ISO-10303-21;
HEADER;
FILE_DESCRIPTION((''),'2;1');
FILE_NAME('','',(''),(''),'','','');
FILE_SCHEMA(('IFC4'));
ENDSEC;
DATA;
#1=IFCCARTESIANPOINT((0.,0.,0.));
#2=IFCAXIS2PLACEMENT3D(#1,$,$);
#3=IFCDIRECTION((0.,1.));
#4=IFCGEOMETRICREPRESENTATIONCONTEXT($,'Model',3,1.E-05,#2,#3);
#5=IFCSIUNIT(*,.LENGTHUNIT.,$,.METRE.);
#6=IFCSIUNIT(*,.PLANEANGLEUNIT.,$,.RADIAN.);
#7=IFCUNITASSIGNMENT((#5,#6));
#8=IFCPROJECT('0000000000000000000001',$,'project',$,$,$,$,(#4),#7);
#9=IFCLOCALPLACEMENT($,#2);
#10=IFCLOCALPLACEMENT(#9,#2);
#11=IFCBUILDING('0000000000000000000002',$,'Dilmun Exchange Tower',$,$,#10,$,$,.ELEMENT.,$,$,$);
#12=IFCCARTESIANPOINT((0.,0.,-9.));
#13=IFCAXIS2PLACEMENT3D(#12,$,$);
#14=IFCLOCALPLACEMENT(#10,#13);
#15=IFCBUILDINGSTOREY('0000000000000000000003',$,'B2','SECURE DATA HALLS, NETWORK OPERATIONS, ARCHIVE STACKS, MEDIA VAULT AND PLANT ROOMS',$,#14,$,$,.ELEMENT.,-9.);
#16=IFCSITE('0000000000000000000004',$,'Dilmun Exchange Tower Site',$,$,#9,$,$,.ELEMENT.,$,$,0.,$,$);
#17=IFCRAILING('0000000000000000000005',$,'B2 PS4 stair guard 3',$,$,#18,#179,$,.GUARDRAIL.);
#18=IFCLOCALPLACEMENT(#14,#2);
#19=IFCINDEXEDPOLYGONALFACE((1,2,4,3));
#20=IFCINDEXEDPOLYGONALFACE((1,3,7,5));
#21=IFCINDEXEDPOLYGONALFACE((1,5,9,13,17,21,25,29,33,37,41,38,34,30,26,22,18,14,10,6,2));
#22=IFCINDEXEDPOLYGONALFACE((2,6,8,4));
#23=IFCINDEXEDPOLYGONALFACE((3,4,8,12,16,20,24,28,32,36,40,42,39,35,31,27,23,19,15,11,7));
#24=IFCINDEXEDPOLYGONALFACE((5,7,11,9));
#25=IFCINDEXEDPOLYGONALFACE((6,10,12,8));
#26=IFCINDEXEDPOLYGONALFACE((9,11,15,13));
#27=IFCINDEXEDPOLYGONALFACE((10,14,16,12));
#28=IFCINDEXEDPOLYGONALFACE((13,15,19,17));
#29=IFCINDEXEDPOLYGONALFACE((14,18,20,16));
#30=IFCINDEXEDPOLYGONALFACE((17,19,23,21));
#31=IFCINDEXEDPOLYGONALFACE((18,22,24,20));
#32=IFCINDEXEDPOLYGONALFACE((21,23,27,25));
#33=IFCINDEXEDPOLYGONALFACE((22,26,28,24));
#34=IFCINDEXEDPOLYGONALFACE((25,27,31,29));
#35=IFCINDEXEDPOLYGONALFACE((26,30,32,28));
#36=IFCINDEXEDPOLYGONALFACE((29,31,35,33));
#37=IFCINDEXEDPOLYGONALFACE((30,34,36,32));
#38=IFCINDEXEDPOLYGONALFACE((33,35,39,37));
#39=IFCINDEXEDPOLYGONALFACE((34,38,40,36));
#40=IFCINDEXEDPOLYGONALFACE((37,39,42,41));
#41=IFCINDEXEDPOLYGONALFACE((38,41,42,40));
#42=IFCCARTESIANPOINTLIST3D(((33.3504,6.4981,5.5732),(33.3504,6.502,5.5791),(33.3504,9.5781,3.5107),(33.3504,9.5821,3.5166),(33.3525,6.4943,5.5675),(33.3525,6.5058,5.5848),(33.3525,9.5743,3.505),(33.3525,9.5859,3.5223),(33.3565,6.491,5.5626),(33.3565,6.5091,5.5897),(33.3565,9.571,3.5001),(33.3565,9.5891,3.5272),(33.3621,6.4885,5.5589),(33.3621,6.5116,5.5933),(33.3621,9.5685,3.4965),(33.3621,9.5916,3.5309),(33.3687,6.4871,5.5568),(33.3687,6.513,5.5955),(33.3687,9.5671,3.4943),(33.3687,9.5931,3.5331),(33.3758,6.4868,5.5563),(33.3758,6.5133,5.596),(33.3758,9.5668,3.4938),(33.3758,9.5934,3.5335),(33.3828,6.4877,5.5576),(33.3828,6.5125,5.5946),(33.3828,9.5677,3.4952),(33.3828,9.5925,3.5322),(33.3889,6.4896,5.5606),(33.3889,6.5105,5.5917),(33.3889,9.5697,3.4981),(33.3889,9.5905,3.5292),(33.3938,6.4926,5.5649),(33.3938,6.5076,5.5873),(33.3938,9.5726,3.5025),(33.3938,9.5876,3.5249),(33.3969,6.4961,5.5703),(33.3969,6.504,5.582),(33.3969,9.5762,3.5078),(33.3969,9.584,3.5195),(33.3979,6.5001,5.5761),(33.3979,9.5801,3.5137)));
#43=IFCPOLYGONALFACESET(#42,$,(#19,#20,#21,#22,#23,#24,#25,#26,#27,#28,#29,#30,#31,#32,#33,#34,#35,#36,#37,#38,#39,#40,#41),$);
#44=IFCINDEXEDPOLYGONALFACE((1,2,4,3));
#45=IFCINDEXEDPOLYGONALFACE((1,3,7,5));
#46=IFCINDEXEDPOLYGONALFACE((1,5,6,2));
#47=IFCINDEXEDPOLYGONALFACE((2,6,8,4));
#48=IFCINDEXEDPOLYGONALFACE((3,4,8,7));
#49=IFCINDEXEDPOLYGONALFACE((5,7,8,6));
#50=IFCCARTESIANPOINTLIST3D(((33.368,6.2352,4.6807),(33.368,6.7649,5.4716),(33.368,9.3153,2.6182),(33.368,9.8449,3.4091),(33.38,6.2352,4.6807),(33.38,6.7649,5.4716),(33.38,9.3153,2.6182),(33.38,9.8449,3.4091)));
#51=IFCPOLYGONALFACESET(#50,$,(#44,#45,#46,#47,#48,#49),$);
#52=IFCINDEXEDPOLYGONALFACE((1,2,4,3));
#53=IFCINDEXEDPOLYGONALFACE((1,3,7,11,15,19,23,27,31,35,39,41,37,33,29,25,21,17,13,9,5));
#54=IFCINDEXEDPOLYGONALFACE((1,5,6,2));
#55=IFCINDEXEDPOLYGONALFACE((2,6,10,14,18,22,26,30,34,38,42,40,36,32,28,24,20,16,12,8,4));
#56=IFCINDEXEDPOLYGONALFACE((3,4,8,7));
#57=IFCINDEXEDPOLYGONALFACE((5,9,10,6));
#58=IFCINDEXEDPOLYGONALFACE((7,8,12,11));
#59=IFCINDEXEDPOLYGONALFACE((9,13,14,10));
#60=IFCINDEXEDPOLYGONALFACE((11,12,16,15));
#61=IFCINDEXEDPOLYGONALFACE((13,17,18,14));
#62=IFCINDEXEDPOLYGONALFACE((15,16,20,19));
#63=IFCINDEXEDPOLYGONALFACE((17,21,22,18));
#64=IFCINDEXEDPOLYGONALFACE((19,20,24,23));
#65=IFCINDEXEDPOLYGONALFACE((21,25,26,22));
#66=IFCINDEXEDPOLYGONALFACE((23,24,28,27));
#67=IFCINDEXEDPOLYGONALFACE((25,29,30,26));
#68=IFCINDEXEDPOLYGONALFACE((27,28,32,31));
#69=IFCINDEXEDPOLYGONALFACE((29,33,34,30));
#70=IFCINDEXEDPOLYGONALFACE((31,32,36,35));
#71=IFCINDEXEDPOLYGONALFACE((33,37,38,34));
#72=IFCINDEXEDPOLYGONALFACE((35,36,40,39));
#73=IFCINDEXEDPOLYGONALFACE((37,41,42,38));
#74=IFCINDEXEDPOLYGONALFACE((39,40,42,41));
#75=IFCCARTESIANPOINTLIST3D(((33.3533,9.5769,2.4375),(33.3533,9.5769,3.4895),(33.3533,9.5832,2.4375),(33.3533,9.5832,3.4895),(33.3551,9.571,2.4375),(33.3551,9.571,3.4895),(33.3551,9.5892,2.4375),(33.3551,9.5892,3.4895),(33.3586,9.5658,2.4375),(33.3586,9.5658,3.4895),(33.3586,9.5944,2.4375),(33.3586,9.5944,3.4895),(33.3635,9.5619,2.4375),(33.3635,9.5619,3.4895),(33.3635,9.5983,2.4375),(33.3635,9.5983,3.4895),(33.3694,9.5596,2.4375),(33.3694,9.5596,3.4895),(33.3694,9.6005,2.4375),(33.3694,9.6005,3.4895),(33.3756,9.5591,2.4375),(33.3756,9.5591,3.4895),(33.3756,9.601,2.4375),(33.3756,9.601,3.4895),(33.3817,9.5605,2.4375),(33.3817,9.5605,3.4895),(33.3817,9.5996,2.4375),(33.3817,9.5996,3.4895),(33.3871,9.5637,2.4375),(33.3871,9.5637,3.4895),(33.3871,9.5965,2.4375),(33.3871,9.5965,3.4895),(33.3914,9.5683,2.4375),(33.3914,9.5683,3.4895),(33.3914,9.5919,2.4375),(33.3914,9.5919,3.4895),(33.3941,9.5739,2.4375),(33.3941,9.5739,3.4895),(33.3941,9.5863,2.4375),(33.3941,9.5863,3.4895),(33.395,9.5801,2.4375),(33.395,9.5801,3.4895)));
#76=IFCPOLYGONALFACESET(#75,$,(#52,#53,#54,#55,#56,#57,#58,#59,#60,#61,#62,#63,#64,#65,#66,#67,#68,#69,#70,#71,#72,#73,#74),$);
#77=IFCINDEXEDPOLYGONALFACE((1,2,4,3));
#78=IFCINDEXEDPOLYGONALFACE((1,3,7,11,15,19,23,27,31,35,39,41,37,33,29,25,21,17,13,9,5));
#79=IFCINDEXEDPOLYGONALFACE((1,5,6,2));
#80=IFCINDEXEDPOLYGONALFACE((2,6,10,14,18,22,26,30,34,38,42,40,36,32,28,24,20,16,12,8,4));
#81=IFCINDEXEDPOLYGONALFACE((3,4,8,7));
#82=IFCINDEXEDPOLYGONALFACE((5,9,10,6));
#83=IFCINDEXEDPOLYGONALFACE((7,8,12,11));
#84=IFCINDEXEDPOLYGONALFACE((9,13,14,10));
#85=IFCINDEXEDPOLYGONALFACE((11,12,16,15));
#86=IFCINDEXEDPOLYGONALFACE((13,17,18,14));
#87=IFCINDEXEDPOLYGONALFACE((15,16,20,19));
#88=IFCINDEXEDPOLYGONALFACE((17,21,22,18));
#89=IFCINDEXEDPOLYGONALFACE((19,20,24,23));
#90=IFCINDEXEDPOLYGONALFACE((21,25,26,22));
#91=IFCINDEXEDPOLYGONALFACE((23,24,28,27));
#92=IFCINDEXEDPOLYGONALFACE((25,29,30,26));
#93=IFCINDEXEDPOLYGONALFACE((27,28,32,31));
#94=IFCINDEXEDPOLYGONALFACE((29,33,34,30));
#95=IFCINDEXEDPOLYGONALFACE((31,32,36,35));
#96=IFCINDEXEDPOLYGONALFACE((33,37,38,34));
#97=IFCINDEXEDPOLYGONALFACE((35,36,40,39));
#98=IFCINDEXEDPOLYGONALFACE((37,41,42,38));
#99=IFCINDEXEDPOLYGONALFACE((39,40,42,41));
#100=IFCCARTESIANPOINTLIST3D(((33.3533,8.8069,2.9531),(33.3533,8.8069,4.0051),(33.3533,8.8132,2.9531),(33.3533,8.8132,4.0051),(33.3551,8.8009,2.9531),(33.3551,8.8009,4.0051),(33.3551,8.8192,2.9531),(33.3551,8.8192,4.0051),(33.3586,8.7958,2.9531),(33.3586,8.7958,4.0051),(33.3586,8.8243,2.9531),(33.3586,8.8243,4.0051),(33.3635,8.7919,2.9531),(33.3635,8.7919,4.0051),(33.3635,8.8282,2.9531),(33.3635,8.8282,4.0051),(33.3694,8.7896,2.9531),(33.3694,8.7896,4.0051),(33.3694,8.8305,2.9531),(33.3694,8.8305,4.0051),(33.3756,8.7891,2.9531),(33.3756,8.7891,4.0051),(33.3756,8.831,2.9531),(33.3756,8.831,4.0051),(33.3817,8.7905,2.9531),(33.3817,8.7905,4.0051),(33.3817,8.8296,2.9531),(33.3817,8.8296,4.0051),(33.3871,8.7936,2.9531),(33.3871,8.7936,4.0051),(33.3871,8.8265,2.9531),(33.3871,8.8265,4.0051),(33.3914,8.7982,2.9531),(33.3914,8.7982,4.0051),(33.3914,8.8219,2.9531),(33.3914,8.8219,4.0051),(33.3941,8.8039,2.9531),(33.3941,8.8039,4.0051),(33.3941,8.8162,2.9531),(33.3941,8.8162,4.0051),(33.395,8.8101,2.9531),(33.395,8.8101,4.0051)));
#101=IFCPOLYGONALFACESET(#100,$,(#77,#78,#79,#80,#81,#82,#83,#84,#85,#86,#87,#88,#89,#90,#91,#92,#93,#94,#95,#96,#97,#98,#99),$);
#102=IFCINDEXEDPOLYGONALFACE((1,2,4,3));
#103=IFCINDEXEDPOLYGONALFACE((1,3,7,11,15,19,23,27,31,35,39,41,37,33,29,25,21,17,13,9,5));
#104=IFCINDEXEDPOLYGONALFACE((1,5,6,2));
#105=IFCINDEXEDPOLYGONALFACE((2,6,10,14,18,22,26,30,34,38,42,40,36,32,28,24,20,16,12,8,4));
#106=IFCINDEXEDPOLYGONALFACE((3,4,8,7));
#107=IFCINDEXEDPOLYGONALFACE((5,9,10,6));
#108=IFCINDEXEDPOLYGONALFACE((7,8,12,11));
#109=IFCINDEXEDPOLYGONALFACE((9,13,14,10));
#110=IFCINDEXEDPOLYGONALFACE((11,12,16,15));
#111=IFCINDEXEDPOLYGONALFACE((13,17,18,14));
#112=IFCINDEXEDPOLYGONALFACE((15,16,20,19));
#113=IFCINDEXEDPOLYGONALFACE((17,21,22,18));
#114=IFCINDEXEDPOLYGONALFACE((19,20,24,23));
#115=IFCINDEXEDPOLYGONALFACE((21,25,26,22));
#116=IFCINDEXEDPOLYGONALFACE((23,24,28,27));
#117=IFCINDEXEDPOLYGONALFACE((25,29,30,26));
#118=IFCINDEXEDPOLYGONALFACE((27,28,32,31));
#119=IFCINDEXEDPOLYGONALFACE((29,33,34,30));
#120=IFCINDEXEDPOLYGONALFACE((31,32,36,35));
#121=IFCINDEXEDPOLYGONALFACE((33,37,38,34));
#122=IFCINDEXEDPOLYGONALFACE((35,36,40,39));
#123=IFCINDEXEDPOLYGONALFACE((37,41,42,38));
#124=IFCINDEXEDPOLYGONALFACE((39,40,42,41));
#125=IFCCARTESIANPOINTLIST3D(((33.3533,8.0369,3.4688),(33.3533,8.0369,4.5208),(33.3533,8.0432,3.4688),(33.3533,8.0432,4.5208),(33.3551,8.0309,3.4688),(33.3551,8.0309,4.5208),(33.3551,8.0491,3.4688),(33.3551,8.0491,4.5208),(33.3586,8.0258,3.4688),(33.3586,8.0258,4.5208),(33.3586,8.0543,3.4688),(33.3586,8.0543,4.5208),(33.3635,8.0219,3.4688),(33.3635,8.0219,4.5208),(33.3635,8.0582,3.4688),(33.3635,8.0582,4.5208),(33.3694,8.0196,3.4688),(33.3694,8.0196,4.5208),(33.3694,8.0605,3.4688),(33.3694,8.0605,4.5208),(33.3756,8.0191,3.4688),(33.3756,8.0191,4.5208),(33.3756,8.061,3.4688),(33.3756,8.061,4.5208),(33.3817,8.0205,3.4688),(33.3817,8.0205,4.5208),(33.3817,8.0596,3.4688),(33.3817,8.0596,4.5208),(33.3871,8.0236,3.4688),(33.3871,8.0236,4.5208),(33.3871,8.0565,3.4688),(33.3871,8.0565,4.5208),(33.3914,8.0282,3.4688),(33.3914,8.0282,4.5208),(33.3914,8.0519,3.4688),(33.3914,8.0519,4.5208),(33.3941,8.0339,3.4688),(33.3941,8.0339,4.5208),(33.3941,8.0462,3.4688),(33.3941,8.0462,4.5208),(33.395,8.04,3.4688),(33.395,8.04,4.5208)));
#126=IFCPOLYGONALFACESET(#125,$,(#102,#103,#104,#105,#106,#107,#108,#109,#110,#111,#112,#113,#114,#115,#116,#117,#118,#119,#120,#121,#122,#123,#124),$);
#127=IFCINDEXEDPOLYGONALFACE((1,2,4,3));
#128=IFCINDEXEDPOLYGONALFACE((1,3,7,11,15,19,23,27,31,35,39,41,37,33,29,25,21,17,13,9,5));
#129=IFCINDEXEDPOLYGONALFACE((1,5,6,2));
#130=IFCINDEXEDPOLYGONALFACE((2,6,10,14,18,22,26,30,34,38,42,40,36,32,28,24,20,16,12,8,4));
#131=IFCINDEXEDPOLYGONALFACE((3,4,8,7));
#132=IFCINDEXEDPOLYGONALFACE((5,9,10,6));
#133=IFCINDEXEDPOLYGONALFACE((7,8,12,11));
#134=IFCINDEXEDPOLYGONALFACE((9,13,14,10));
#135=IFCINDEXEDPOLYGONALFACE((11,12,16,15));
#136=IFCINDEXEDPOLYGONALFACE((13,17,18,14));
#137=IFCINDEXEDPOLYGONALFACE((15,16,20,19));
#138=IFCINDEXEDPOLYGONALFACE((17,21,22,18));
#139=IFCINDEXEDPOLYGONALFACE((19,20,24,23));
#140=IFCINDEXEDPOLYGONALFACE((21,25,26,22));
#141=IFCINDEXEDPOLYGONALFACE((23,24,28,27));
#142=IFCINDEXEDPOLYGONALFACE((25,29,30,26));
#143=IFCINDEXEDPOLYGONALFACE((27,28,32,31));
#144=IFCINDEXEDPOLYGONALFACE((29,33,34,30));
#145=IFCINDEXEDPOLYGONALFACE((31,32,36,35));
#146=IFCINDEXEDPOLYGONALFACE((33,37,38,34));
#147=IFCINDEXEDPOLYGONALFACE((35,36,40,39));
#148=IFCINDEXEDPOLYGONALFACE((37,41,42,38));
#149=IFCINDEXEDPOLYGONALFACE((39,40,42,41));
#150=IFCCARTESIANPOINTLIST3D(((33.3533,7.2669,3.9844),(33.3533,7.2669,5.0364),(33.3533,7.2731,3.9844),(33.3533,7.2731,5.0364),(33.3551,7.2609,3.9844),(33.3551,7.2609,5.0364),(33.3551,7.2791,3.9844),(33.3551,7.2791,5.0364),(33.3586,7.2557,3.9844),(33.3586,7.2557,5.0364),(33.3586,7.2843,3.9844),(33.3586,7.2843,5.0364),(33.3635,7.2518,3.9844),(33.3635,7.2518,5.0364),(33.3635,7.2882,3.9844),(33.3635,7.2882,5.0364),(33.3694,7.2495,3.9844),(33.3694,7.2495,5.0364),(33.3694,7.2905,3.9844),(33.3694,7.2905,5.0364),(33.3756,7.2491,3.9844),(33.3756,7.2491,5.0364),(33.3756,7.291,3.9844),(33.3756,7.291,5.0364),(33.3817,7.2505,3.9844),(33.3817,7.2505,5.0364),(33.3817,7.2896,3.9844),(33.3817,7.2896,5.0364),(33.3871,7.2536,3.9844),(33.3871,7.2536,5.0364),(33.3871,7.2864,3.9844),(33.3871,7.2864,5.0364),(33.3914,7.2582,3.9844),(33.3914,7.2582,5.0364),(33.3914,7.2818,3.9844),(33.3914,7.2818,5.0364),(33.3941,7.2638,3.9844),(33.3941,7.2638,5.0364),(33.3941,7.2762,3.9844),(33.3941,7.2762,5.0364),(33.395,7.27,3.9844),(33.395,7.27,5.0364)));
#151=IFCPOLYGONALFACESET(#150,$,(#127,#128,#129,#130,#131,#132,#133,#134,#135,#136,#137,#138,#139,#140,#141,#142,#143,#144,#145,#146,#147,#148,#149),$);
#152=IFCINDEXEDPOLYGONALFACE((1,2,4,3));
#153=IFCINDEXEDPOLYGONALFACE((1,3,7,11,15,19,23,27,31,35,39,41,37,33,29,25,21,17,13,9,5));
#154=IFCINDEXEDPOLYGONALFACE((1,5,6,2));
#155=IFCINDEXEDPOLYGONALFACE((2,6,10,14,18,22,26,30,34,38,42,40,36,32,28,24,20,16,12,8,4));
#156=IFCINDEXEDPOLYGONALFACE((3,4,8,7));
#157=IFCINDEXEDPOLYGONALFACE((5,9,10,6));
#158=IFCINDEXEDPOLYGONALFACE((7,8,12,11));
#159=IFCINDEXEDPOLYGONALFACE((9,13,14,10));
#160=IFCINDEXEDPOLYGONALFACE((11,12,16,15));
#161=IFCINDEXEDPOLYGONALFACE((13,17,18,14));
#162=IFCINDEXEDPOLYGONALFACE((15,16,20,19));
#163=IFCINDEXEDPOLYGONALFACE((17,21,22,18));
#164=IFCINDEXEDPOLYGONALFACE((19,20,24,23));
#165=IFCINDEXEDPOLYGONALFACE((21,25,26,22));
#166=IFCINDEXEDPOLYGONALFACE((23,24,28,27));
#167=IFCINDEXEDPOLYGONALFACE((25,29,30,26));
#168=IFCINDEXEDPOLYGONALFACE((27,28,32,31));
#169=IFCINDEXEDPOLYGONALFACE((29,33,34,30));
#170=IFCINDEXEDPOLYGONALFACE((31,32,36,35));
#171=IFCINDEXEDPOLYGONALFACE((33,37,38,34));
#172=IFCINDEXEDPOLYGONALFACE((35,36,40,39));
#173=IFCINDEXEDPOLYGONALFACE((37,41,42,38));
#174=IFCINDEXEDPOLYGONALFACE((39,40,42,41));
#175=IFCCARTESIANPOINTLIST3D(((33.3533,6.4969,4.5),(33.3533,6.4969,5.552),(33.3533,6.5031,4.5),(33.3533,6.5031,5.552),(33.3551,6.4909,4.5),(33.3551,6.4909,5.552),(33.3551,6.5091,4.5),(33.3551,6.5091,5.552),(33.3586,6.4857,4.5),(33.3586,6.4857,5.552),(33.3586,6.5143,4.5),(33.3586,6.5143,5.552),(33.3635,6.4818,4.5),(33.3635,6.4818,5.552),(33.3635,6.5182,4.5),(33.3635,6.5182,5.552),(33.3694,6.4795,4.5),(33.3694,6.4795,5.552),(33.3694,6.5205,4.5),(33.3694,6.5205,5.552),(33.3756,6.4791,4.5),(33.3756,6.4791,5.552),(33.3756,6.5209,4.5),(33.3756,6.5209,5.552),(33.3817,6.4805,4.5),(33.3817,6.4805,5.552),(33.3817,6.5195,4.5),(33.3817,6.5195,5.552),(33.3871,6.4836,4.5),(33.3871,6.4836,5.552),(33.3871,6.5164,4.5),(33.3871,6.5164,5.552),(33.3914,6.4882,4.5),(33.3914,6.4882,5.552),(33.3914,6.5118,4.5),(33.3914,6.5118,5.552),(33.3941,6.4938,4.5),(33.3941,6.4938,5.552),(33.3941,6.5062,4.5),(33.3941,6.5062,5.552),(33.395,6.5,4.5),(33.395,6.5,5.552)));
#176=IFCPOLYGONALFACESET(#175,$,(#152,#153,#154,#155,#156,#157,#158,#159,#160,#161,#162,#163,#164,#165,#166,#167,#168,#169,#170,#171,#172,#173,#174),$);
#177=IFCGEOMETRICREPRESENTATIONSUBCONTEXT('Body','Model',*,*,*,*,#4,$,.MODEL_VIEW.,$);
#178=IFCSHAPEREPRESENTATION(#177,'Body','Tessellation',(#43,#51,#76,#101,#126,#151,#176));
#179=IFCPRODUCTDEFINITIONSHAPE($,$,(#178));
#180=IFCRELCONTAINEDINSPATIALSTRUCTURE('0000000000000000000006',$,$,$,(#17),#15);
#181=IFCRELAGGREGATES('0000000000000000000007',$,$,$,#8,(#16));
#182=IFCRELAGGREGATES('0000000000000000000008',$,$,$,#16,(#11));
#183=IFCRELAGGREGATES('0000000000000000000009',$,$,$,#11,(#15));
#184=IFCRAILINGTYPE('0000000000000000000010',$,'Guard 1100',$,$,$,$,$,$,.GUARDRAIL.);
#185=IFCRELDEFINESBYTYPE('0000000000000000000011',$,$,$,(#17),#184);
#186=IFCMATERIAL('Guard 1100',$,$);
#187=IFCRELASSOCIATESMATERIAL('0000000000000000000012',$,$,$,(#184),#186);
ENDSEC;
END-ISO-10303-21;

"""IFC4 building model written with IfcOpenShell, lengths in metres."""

from ifc_helpers import new_model, si_unit, direction, frame, origin, origin_2d, place, context, subcontext, project, spatial, rectangle, circle, extrude, material, type_object, element, save


model = new_model("IFC4")

# Units and contexts
model_context = context("Model", 3, precision=1e-05, world=origin(), true_north=direction((0.0, 1.0)))
body_context = subcontext(model_context, "Body", "Model", "MODEL_VIEW")
ifc_project = project(units=[si_unit("LENGTHUNIT", "METRE"), si_unit("PLANEANGLEUNIT", "RADIAN")], contexts=[model_context])

# Site, building, storey
site_placement = place(None, origin())
site = spatial("IfcSite", under=ifc_project, at=site_placement, Name="Dilmun Exchange Tower Site", CompositionType="ELEMENT", RefElevation=0.0)
building_placement = place(site_placement, origin())
building = spatial("IfcBuilding", under=site, at=building_placement, Name="Dilmun Exchange Tower", CompositionType="ELEMENT")
storey_placement = place(building_placement, frame((0.0, 0.0, -9.0)))
storey = spatial("IfcBuildingStorey", under=building, at=storey_placement, Name="B2", Description="SECURE DATA HALLS, NETWORK OPERATIONS, ARCHIVE STACKS, MEDIA VAULT AND PLANT ROOMS", CompositionType="ELEMENT", Elevation=-9.0)

# Railing
ifc_material_1 = material(Name="Guard 1100")
railing_type_1 = type_object("IfcRailingType", Name="Guard 1100", PredefinedType="GUARDRAIL", material=ifc_material_1)
railing_1_placement = place(storey_placement, frame((33.374, 9.5801, 2.4375)))
element("IfcRailing", 1, at=railing_1_placement, inside=storey, type_object=railing_type_1, Name="B2 PS4 stair guard 3", PredefinedType="GUARDRAIL", context=body_context, shape_type="SweptSolid", body=[
    extrude(circle(Radius=0.0239, at=origin_2d()), frame((0.0, 0.0, 1.0762), z_axis=(0.0, -0.830914, 0.556401), x_axis=(1.0, 0.0, 0.0)), (0.0, 0.0, 1.0), 3.7068),
    extrude(rectangle(XDim=0.012, YDim=0.9519, at=origin_2d()), frame((0.0, 0.0, 0.5762), z_axis=(0.0, -0.830914, 0.556401), x_axis=(1.0, 0.0, 0.0)), (0.0, 0.0, 1.0), 3.7068),
    extrude(circle(Radius=0.021, at=origin_2d()), origin(), (0.0, 0.0, 1.0), 1.052),
    extrude(circle(Radius=0.021, at=origin_2d()), frame((0.0, -0.77, 0.5156)), (0.0, 0.0, 1.0), 1.052),
    extrude(circle(Radius=0.021, at=origin_2d()), frame((0.0, -1.54, 1.0312)), (0.0, 0.0, 1.0), 1.052),
    extrude(circle(Radius=0.021, at=origin_2d()), frame((0.0, -2.3101, 1.5469)), (0.0, 0.0, 1.0), 1.052),
    extrude(circle(Radius=0.021, at=origin_2d()), frame((0.0, -3.0801, 2.0625)), (0.0, 0.0, 1.0), 1.052),
])

save(model, "model.ifc")
